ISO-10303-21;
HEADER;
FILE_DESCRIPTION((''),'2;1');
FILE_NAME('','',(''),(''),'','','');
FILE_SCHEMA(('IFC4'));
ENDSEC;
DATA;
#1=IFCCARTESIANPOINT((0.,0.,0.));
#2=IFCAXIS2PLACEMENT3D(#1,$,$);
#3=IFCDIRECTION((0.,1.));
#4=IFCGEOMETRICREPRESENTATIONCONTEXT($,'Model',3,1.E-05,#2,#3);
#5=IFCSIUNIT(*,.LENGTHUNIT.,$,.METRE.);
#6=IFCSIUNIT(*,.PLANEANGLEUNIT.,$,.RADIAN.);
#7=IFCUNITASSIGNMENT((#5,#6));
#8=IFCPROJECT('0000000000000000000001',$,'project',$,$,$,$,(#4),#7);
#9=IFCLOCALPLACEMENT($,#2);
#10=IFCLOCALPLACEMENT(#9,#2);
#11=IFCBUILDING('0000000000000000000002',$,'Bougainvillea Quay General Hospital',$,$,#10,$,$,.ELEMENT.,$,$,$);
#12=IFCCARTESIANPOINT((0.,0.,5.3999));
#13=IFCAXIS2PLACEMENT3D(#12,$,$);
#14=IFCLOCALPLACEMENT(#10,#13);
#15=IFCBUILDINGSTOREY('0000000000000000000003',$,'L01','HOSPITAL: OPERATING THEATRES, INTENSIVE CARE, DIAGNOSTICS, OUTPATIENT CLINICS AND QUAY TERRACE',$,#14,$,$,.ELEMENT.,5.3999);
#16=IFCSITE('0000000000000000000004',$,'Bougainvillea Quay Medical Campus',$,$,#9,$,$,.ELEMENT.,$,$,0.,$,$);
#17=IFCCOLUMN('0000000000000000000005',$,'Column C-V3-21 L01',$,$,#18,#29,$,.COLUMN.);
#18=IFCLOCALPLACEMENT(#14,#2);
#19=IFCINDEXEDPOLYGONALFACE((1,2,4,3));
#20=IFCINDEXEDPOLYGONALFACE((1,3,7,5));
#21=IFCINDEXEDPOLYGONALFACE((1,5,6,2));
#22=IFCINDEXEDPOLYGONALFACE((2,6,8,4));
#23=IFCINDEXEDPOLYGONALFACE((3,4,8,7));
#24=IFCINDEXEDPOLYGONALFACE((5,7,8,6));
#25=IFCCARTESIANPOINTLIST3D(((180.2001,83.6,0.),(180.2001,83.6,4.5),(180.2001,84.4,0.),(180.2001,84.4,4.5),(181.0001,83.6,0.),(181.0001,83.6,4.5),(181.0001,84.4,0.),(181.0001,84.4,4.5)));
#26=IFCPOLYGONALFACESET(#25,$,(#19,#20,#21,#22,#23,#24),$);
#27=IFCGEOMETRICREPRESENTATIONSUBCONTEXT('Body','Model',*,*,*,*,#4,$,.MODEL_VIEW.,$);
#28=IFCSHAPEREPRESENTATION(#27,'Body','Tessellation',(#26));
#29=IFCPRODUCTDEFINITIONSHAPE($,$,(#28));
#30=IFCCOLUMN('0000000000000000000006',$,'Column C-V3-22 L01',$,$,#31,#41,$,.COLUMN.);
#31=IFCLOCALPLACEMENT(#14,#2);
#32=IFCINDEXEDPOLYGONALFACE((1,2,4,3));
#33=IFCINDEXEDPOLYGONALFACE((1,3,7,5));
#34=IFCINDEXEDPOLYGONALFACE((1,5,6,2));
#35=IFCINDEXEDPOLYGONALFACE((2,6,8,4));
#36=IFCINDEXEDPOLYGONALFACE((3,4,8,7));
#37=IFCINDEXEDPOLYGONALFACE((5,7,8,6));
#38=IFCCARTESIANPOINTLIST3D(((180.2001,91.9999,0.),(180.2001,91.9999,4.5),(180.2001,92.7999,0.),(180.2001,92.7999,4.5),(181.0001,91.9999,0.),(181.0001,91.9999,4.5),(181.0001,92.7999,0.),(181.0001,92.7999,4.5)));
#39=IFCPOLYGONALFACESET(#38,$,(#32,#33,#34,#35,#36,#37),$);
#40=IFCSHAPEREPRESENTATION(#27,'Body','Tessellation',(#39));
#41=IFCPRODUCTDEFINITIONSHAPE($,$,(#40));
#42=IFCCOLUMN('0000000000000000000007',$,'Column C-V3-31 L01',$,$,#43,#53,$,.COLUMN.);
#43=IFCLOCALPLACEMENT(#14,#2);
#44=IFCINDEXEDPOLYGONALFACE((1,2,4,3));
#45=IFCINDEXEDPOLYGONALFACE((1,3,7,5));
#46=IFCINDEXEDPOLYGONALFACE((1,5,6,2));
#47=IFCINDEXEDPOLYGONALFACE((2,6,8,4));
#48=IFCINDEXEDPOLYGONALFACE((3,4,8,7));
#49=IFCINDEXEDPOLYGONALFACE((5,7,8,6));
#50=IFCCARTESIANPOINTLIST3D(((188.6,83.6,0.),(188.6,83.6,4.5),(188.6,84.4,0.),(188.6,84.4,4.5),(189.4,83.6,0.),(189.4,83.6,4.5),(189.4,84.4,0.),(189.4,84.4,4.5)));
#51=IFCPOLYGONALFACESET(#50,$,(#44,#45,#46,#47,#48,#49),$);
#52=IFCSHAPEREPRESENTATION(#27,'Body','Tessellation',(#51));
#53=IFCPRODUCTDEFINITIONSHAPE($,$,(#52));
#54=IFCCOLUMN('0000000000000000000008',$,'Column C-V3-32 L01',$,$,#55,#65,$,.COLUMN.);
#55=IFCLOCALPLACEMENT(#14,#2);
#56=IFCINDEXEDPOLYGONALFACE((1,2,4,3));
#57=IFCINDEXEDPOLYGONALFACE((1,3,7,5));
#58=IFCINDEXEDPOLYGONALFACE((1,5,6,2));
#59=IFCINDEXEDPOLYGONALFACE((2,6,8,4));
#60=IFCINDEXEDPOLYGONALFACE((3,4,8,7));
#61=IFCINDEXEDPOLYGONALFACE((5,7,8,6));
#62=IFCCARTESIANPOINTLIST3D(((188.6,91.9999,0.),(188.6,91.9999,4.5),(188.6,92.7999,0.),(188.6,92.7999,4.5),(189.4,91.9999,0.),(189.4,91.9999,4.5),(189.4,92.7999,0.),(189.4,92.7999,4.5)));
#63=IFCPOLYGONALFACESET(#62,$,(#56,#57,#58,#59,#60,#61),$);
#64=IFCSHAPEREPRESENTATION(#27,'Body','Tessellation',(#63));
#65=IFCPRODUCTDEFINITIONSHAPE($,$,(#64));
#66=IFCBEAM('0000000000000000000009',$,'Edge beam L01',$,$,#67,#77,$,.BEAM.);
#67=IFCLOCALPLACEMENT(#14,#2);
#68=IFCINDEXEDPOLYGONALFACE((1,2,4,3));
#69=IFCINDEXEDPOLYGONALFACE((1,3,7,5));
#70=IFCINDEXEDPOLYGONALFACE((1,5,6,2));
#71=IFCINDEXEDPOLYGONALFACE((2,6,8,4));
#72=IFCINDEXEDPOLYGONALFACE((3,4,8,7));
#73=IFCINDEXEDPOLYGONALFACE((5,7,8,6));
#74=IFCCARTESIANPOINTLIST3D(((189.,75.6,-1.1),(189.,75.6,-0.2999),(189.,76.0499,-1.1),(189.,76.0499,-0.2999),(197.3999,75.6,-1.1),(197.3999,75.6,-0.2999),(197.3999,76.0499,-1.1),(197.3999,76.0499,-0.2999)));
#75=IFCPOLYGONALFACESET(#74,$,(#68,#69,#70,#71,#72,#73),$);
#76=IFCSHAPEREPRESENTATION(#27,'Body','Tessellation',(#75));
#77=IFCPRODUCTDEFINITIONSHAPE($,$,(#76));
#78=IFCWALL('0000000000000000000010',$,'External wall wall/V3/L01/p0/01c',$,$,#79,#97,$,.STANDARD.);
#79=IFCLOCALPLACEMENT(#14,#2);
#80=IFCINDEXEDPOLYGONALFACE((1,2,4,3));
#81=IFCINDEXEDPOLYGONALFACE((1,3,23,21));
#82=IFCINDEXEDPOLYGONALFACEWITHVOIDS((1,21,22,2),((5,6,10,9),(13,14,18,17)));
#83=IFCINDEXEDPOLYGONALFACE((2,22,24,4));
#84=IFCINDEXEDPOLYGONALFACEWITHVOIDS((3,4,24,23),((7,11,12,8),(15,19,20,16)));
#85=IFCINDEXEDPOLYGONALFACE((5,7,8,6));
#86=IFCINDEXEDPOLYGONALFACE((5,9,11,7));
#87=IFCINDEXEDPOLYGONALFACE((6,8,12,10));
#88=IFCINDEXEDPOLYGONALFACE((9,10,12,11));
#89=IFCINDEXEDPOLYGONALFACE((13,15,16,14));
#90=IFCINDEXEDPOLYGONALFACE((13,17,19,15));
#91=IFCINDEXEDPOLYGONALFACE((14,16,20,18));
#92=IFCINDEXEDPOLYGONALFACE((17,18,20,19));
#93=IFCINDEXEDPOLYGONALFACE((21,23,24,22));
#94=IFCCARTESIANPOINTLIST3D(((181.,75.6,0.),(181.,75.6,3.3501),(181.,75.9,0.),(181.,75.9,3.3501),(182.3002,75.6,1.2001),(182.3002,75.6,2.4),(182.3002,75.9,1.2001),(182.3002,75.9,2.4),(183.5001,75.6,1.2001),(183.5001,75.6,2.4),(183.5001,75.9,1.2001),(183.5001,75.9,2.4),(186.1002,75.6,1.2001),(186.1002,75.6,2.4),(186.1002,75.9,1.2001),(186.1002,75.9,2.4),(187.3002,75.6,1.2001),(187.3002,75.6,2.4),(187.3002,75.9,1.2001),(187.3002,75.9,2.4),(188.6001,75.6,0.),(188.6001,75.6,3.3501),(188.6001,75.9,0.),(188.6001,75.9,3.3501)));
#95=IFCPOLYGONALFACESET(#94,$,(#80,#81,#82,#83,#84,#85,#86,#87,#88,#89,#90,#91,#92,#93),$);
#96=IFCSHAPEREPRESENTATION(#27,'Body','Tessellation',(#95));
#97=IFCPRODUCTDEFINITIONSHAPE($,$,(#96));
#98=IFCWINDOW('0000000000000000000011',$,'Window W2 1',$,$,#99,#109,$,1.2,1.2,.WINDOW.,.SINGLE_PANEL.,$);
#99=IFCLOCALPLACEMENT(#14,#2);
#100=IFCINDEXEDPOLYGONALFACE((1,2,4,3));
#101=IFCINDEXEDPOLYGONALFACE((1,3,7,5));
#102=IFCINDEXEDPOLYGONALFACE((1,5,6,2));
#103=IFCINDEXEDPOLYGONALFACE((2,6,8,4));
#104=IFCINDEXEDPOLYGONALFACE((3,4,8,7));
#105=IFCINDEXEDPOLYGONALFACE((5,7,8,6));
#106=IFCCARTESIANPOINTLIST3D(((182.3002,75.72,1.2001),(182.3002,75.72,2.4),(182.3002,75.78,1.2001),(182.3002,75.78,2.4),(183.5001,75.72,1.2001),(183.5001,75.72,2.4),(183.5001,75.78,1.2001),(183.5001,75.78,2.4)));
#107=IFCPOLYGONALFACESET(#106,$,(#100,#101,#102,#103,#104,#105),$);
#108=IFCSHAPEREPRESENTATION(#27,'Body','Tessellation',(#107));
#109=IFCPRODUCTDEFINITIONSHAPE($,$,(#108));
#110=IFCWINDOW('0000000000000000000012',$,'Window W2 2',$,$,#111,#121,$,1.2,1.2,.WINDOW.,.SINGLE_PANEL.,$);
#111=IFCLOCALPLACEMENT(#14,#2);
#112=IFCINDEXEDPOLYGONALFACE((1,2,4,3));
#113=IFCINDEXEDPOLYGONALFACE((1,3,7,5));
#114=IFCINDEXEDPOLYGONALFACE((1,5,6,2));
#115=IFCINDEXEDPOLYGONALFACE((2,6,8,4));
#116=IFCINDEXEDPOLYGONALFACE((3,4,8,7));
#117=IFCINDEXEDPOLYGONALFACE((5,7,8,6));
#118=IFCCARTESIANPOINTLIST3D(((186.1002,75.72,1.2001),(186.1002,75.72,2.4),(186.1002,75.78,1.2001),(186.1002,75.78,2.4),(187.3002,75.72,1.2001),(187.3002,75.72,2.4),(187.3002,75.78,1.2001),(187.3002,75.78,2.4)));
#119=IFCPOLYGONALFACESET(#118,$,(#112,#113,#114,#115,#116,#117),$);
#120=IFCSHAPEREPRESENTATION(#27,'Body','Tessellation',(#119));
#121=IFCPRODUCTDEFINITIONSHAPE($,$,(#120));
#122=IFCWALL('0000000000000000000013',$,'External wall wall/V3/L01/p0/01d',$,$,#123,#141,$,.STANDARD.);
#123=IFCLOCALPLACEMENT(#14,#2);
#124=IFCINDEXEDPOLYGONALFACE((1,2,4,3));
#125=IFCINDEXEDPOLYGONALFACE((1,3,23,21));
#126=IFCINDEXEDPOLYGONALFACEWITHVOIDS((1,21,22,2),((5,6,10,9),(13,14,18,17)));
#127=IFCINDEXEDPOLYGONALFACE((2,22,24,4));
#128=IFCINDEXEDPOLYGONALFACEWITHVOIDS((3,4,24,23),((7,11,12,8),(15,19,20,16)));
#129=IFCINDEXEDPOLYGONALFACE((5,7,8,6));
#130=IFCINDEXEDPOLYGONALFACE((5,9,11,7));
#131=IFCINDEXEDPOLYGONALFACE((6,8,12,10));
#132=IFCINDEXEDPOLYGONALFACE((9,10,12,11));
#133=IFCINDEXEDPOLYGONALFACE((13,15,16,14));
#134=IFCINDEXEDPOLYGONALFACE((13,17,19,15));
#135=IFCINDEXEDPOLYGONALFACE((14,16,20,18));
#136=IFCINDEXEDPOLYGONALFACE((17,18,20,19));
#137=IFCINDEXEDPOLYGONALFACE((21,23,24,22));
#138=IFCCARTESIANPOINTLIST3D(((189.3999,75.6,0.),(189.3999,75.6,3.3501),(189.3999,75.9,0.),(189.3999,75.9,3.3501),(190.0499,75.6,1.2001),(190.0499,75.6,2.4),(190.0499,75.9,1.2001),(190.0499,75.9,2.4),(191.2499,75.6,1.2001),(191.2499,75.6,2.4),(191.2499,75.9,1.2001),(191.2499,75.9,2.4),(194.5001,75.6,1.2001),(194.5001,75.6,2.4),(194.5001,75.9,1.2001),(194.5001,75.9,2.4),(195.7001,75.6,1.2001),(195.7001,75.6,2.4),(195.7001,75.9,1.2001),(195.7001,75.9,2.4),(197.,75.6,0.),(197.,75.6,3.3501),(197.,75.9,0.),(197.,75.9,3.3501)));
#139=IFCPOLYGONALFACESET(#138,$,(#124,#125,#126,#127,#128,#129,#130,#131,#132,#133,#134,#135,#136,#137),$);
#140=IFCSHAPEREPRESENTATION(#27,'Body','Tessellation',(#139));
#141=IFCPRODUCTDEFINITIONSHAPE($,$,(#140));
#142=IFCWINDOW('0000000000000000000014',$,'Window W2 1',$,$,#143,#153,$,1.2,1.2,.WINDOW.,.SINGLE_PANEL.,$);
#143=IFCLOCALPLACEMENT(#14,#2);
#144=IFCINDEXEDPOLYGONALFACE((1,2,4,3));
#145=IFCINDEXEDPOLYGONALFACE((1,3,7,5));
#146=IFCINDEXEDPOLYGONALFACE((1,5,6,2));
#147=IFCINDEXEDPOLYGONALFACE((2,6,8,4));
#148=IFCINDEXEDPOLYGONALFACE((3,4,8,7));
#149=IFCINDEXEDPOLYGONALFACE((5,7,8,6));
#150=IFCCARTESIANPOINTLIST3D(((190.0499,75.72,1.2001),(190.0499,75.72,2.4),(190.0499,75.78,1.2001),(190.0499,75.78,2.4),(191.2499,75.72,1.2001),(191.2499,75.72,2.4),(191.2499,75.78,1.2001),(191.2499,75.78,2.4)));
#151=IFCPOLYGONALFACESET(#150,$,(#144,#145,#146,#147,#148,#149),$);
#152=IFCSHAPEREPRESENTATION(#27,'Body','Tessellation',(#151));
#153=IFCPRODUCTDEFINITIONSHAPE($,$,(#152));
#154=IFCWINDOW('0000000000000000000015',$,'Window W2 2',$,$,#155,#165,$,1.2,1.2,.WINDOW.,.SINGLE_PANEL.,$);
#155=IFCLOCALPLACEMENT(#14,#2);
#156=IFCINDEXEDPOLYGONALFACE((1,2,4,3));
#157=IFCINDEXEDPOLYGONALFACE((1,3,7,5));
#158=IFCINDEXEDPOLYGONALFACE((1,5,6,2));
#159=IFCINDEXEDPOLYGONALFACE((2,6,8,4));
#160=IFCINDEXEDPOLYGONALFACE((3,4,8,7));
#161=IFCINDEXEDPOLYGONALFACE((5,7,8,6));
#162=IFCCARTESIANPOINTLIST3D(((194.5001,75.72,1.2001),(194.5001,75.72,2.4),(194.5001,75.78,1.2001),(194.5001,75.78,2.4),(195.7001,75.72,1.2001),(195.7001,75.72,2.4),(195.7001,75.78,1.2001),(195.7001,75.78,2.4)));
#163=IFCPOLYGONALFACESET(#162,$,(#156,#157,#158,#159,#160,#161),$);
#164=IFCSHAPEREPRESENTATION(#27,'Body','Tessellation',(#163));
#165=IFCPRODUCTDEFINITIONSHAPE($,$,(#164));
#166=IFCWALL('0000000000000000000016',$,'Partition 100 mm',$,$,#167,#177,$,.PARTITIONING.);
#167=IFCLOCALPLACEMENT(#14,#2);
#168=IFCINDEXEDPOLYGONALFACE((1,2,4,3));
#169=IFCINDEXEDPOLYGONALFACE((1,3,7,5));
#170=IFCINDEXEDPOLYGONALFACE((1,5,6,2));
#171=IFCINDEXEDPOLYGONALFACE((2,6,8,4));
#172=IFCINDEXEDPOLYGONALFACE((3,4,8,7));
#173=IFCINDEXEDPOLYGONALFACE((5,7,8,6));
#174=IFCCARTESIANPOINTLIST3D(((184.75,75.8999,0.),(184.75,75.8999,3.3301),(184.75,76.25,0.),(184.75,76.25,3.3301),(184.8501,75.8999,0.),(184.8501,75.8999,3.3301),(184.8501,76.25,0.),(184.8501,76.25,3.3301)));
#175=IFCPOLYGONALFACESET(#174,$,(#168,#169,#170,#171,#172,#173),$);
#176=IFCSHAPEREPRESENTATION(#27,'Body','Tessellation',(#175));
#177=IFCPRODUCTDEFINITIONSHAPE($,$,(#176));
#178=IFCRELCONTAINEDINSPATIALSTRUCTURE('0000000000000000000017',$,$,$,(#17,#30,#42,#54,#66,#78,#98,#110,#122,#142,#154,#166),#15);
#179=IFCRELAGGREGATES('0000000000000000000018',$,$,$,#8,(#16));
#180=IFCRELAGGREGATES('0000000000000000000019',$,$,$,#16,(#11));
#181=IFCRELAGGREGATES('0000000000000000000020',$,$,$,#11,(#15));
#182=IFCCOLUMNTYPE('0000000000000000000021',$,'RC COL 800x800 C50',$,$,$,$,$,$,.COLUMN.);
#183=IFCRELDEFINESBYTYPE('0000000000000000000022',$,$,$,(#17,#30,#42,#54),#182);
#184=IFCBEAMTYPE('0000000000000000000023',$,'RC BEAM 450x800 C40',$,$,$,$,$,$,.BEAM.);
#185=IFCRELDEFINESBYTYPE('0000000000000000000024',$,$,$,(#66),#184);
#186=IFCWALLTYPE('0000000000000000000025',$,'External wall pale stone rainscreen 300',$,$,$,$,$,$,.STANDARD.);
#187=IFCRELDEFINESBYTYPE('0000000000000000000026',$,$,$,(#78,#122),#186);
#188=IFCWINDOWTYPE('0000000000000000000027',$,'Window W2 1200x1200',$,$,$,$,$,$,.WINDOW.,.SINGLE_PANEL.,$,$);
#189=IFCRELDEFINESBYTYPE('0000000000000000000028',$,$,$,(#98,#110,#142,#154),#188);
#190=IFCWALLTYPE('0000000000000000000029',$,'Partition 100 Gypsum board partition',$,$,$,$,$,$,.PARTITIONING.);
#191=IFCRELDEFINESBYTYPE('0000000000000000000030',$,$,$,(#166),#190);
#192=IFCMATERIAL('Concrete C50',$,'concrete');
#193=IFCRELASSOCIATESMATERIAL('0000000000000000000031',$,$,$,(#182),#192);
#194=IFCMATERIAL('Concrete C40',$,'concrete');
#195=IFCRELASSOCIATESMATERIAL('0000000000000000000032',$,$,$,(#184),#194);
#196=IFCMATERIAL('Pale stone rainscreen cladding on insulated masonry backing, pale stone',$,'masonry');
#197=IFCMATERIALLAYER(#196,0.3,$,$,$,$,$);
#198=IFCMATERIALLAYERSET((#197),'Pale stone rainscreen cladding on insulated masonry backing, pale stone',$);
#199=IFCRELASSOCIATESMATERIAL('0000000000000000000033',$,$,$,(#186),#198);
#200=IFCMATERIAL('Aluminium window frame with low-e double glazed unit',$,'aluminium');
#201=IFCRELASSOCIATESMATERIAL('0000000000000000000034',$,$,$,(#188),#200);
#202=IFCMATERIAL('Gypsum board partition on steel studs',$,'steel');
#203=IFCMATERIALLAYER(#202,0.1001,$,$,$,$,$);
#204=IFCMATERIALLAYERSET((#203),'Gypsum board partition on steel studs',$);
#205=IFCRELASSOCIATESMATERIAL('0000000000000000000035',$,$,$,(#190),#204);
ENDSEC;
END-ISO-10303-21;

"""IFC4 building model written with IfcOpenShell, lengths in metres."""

from ifc_helpers import new_model, si_unit, direction, frame, frame_2d, origin, origin_2d, place, context, subcontext, project, spatial, rectangle, extrude, material, layer, layer_set, material_profile, profile_set, type_object, element, fill, save


model = new_model("IFC4")

# Units and contexts
model_context = context("Model", 3, precision=1e-05, world=origin(), true_north=direction((0.0, 1.0)))
body_context = subcontext(model_context, "Body", "Model", "MODEL_VIEW")
ifc_project = project(units=[si_unit("LENGTHUNIT", "METRE"), si_unit("PLANEANGLEUNIT", "RADIAN")], contexts=[model_context])

# Site, building, storey
site_placement = place(None, origin())
site = spatial("IfcSite", under=ifc_project, at=site_placement, Name="Bougainvillea Quay Medical Campus", CompositionType="ELEMENT", RefElevation=0.0)
building_placement = place(site_placement, origin())
building = spatial("IfcBuilding", under=site, at=building_placement, Name="Bougainvillea Quay General Hospital", CompositionType="ELEMENT")
storey_placement = place(building_placement, frame((0.0, 0.0, 5.3999)))
storey = spatial("IfcBuildingStorey", under=building, at=storey_placement, Name="L01", Description="HOSPITAL: OPERATING THEATRES, INTENSIVE CARE, DIAGNOSTICS, OUTPATIENT CLINICS AND QUAY TERRACE", CompositionType="ELEMENT", Elevation=5.3999)

# Columns
ifc_material_1 = material(Name="Concrete C50", Category="concrete")
ifc_material_profile_1 = material_profile(ifc_material_1, rectangle(XDim=0.8, YDim=0.8, at=origin_2d()))
ifc_profile_set_1 = profile_set([ifc_material_profile_1], Name="Concrete C50")
column_type = type_object("IfcColumnType", Name="RC COL 800x800 C50", PredefinedType="COLUMN", material=ifc_profile_set_1)
for number, where, z_axis, x_axis, name in (
    (1, (180.6001, 84.0, 0.0), (0.0, 0.0, 1.0), (1.0, 0.0, 0.0), "Column C-V3-21 L01"),
    (2, (180.6001, 92.3999, 0.0), (0.0, 0.0, 1.0), (1.0, 0.0, 0.0), "Column C-V3-22 L01"),
    (3, (189.0, 84.0, 0.0), (0.0, 0.0, 1.0), (1.0, 0.0, 0.0), "Column C-V3-31 L01"),
    (4, (189.0, 92.3999, 0.0), (0.0, 0.0, 1.0), (1.0, 0.0, 0.0), "Column C-V3-32 L01"),
):
    element("IfcColumn", number, at=place(storey_placement, frame(where, z_axis=z_axis, x_axis=x_axis)), inside=storey, type_object=column_type, Name=name, PredefinedType="COLUMN", context=body_context, shape_type="SweptSolid", body=[
        extrude(rectangle(XDim=0.8, YDim=0.8, at=origin_2d()), origin(), (0.0, 0.0, 1.0), 4.5),
    ])

# Beam
ifc_material_2 = material(Name="Concrete C40", Category="concrete")
ifc_material_profile_2 = material_profile(ifc_material_2, rectangle(XDim=0.45, YDim=0.8, at=origin_2d()))
ifc_profile_set_2 = profile_set([ifc_material_profile_2], Name="Concrete C40")
beam_type = type_object("IfcBeamType", Name="RC BEAM 450x800 C40", PredefinedType="BEAM", material=ifc_profile_set_2)
beam_placement = place(storey_placement, frame((189.0, 75.825, -0.7), z_axis=(1.0, 0.0, 0.0), x_axis=(0.0, 1.0, 0.0)))
element("IfcBeam", 5, at=beam_placement, inside=storey, type_object=beam_type, Name="Edge beam L01", PredefinedType="BEAM", context=body_context, shape_type="SweptSolid", body=[
    extrude(rectangle(XDim=0.45, YDim=0.8, at=origin_2d()), origin(), (0.0, 0.0, 1.0), 8.3999),
])

# Walls, openings, windows
ifc_material_3 = material(Name="Pale stone rainscreen cladding on insulated masonry backing, pale stone", Category="masonry")
ifc_layer_1 = layer(ifc_material_3, 0.3)
ifc_layer_set_1 = layer_set([ifc_layer_1], Name="Pale stone rainscreen cladding on insulated masonry backing, pale stone")
wall_type_1 = type_object("IfcWallType", Name="External wall pale stone rainscreen 300", PredefinedType="STANDARD", material=ifc_layer_set_1)
wall_1_placement = place(storey_placement, frame((181.0, 75.75, 0.0), z_axis=(0.0, 0.0, 1.0), x_axis=(1.0, 0.0, 0.0)))
wall_1 = element("IfcWall", 6, at=wall_1_placement, inside=storey, type_object=wall_type_1, Name="External wall wall/V3/L01/p0/01c", PredefinedType="STANDARD", context=body_context, shape_type="SweptSolid", body=[
    extrude(rectangle(XDim=7.6001, YDim=0.3, at=frame_2d((3.8, 0.0))), origin(), (0.0, 0.0, 1.0), 3.3501),
])
opening_1_placement = place(wall_1_placement, frame((1.3, 0.0, 1.2)))
opening_1 = element("IfcOpeningElement", 7, at=opening_1_placement, cuts=wall_1, PredefinedType="OPENING", context=body_context, shape_type="SweptSolid", body=[
    extrude(rectangle(XDim=1.2, YDim=1.2, at=frame_2d((0.6001, 0.6001))), frame((0.0, 0.1599, 0.0), z_axis=(0.0, -1.0, 0.0), x_axis=(1.0, 0.0, 0.0)), (0.0, 0.0, 1.0), 0.3201),
])
opening_2_placement = place(wall_1_placement, frame((5.1001, 0.0, 1.2)))
opening_2 = element("IfcOpeningElement", 8, at=opening_2_placement, cuts=wall_1, PredefinedType="OPENING", context=body_context, shape_type="SweptSolid", body=[
    extrude(rectangle(XDim=1.2, YDim=1.2, at=frame_2d((0.6001, 0.6001))), frame((0.0, 0.1599, 0.0), z_axis=(0.0, -1.0, 0.0), x_axis=(1.0, 0.0, 0.0)), (0.0, 0.0, 1.0), 0.3201),
])
ifc_material_4 = material(Name="Aluminium window frame with low-e double glazed unit", Category="aluminium")
window_type = type_object("IfcWindowType", Name="Window W2 1200x1200", PartitioningType="SINGLE_PANEL", PredefinedType="WINDOW", material=ifc_material_4)
window_1_placement = place(opening_1_placement, origin())
window_1 = element("IfcWindow", 9, at=window_1_placement, inside=storey, type_object=window_type, Name="Window W2 1", OverallHeight=1.2, OverallWidth=1.2, PartitioningType="SINGLE_PANEL", PredefinedType="WINDOW", context=body_context, shape_type="SweptSolid", body=[
    extrude(rectangle(XDim=1.2, YDim=1.2, at=frame_2d((0.6001, 0.6001))), frame((0.0, 0.03, 0.0), z_axis=(0.0, -1.0, 0.0), x_axis=(1.0, 0.0, 0.0)), (0.0, 0.0, 1.0), 0.0601),
])
fill(opening_1, window_1)
window_2_placement = place(opening_2_placement, origin())
window_2 = element("IfcWindow", 10, at=window_2_placement, inside=storey, type_object=window_type, Name="Window W2 2", OverallHeight=1.2, OverallWidth=1.2, PartitioningType="SINGLE_PANEL", PredefinedType="WINDOW", context=body_context, shape_type="SweptSolid", body=[
    extrude(rectangle(XDim=1.2, YDim=1.2, at=frame_2d((0.6001, 0.6001))), frame((0.0, 0.03, 0.0), z_axis=(0.0, -1.0, 0.0), x_axis=(1.0, 0.0, 0.0)), (0.0, 0.0, 1.0), 0.0601),
])
fill(opening_2, window_2)
wall_2_placement = place(storey_placement, frame((189.3999, 75.75, 0.0), z_axis=(0.0, 0.0, 1.0), x_axis=(1.0, 0.0, 0.0)))
wall_2 = element("IfcWall", 11, at=wall_2_placement, inside=storey, type_object=wall_type_1, Name="External wall wall/V3/L01/p0/01d", PredefinedType="STANDARD", context=body_context, shape_type="SweptSolid", body=[
    extrude(rectangle(XDim=7.6001, YDim=0.3, at=frame_2d((3.8, 0.0))), origin(), (0.0, 0.0, 1.0), 3.3501),
])
opening_3_placement = place(wall_2_placement, frame((0.6499, 0.0, 1.2)))
opening_3 = element("IfcOpeningElement", 12, at=opening_3_placement, cuts=wall_2, PredefinedType="OPENING", context=body_context, shape_type="SweptSolid", body=[
    extrude(rectangle(XDim=1.2, YDim=1.2, at=frame_2d((0.6001, 0.6001))), frame((0.0, 0.1599, 0.0), z_axis=(0.0, -1.0, 0.0), x_axis=(1.0, 0.0, 0.0)), (0.0, 0.0, 1.0), 0.3201),
])
opening_4_placement = place(wall_2_placement, frame((5.1001, 0.0, 1.2)))
opening_4 = element("IfcOpeningElement", 13, at=opening_4_placement, cuts=wall_2, PredefinedType="OPENING", context=body_context, shape_type="SweptSolid", body=[
    extrude(rectangle(XDim=1.2, YDim=1.2, at=frame_2d((0.6001, 0.6001))), frame((0.0, 0.1599, 0.0), z_axis=(0.0, -1.0, 0.0), x_axis=(1.0, 0.0, 0.0)), (0.0, 0.0, 1.0), 0.3201),
])
window_3_placement = place(opening_3_placement, origin())
window_3 = element("IfcWindow", 14, at=window_3_placement, inside=storey, type_object=window_type, Name="Window W2 1", OverallHeight=1.2, OverallWidth=1.2, PartitioningType="SINGLE_PANEL", PredefinedType="WINDOW", context=body_context, shape_type="SweptSolid", body=[
    extrude(rectangle(XDim=1.2, YDim=1.2, at=frame_2d((0.6001, 0.6001))), frame((0.0, 0.03, 0.0), z_axis=(0.0, -1.0, 0.0), x_axis=(1.0, 0.0, 0.0)), (0.0, 0.0, 1.0), 0.0601),
])
fill(opening_3, window_3)
window_4_placement = place(opening_4_placement, origin())
window_4 = element("IfcWindow", 15, at=window_4_placement, inside=storey, type_object=window_type, Name="Window W2 2", OverallHeight=1.2, OverallWidth=1.2, PartitioningType="SINGLE_PANEL", PredefinedType="WINDOW", context=body_context, shape_type="SweptSolid", body=[
    extrude(rectangle(XDim=1.2, YDim=1.2, at=frame_2d((0.6001, 0.6001))), frame((0.0, 0.03, 0.0), z_axis=(0.0, -1.0, 0.0), x_axis=(1.0, 0.0, 0.0)), (0.0, 0.0, 1.0), 0.0601),
])
fill(opening_4, window_4)

# Wall
ifc_material_5 = material(Name="Gypsum board partition on steel studs", Category="steel")
ifc_layer_2 = layer(ifc_material_5, 0.1001)
ifc_layer_set_2 = layer_set([ifc_layer_2], Name="Gypsum board partition on steel studs")
wall_type_2 = type_object("IfcWallType", Name="Partition 100 Gypsum board partition", PredefinedType="PARTITIONING", material=ifc_layer_set_2)
for number, where, z_axis, x_axis, name in (
    (16, (184.8, 76.25, 0.0), (0.0, 0.0, 1.0), (0.0, -1.0, 0.0), "Partition 100 mm"),
):
    element("IfcWall", number, at=place(storey_placement, frame(where, z_axis=z_axis, x_axis=x_axis)), inside=storey, type_object=wall_type_2, Name=name, PredefinedType="PARTITIONING", context=body_context, shape_type="SweptSolid", body=[
        extrude(rectangle(XDim=0.3501, YDim=0.1001, at=frame_2d((0.175, 0.0))), origin(), (0.0, 0.0, 1.0), 3.3301),
    ])

save(model, "model.ifc")
